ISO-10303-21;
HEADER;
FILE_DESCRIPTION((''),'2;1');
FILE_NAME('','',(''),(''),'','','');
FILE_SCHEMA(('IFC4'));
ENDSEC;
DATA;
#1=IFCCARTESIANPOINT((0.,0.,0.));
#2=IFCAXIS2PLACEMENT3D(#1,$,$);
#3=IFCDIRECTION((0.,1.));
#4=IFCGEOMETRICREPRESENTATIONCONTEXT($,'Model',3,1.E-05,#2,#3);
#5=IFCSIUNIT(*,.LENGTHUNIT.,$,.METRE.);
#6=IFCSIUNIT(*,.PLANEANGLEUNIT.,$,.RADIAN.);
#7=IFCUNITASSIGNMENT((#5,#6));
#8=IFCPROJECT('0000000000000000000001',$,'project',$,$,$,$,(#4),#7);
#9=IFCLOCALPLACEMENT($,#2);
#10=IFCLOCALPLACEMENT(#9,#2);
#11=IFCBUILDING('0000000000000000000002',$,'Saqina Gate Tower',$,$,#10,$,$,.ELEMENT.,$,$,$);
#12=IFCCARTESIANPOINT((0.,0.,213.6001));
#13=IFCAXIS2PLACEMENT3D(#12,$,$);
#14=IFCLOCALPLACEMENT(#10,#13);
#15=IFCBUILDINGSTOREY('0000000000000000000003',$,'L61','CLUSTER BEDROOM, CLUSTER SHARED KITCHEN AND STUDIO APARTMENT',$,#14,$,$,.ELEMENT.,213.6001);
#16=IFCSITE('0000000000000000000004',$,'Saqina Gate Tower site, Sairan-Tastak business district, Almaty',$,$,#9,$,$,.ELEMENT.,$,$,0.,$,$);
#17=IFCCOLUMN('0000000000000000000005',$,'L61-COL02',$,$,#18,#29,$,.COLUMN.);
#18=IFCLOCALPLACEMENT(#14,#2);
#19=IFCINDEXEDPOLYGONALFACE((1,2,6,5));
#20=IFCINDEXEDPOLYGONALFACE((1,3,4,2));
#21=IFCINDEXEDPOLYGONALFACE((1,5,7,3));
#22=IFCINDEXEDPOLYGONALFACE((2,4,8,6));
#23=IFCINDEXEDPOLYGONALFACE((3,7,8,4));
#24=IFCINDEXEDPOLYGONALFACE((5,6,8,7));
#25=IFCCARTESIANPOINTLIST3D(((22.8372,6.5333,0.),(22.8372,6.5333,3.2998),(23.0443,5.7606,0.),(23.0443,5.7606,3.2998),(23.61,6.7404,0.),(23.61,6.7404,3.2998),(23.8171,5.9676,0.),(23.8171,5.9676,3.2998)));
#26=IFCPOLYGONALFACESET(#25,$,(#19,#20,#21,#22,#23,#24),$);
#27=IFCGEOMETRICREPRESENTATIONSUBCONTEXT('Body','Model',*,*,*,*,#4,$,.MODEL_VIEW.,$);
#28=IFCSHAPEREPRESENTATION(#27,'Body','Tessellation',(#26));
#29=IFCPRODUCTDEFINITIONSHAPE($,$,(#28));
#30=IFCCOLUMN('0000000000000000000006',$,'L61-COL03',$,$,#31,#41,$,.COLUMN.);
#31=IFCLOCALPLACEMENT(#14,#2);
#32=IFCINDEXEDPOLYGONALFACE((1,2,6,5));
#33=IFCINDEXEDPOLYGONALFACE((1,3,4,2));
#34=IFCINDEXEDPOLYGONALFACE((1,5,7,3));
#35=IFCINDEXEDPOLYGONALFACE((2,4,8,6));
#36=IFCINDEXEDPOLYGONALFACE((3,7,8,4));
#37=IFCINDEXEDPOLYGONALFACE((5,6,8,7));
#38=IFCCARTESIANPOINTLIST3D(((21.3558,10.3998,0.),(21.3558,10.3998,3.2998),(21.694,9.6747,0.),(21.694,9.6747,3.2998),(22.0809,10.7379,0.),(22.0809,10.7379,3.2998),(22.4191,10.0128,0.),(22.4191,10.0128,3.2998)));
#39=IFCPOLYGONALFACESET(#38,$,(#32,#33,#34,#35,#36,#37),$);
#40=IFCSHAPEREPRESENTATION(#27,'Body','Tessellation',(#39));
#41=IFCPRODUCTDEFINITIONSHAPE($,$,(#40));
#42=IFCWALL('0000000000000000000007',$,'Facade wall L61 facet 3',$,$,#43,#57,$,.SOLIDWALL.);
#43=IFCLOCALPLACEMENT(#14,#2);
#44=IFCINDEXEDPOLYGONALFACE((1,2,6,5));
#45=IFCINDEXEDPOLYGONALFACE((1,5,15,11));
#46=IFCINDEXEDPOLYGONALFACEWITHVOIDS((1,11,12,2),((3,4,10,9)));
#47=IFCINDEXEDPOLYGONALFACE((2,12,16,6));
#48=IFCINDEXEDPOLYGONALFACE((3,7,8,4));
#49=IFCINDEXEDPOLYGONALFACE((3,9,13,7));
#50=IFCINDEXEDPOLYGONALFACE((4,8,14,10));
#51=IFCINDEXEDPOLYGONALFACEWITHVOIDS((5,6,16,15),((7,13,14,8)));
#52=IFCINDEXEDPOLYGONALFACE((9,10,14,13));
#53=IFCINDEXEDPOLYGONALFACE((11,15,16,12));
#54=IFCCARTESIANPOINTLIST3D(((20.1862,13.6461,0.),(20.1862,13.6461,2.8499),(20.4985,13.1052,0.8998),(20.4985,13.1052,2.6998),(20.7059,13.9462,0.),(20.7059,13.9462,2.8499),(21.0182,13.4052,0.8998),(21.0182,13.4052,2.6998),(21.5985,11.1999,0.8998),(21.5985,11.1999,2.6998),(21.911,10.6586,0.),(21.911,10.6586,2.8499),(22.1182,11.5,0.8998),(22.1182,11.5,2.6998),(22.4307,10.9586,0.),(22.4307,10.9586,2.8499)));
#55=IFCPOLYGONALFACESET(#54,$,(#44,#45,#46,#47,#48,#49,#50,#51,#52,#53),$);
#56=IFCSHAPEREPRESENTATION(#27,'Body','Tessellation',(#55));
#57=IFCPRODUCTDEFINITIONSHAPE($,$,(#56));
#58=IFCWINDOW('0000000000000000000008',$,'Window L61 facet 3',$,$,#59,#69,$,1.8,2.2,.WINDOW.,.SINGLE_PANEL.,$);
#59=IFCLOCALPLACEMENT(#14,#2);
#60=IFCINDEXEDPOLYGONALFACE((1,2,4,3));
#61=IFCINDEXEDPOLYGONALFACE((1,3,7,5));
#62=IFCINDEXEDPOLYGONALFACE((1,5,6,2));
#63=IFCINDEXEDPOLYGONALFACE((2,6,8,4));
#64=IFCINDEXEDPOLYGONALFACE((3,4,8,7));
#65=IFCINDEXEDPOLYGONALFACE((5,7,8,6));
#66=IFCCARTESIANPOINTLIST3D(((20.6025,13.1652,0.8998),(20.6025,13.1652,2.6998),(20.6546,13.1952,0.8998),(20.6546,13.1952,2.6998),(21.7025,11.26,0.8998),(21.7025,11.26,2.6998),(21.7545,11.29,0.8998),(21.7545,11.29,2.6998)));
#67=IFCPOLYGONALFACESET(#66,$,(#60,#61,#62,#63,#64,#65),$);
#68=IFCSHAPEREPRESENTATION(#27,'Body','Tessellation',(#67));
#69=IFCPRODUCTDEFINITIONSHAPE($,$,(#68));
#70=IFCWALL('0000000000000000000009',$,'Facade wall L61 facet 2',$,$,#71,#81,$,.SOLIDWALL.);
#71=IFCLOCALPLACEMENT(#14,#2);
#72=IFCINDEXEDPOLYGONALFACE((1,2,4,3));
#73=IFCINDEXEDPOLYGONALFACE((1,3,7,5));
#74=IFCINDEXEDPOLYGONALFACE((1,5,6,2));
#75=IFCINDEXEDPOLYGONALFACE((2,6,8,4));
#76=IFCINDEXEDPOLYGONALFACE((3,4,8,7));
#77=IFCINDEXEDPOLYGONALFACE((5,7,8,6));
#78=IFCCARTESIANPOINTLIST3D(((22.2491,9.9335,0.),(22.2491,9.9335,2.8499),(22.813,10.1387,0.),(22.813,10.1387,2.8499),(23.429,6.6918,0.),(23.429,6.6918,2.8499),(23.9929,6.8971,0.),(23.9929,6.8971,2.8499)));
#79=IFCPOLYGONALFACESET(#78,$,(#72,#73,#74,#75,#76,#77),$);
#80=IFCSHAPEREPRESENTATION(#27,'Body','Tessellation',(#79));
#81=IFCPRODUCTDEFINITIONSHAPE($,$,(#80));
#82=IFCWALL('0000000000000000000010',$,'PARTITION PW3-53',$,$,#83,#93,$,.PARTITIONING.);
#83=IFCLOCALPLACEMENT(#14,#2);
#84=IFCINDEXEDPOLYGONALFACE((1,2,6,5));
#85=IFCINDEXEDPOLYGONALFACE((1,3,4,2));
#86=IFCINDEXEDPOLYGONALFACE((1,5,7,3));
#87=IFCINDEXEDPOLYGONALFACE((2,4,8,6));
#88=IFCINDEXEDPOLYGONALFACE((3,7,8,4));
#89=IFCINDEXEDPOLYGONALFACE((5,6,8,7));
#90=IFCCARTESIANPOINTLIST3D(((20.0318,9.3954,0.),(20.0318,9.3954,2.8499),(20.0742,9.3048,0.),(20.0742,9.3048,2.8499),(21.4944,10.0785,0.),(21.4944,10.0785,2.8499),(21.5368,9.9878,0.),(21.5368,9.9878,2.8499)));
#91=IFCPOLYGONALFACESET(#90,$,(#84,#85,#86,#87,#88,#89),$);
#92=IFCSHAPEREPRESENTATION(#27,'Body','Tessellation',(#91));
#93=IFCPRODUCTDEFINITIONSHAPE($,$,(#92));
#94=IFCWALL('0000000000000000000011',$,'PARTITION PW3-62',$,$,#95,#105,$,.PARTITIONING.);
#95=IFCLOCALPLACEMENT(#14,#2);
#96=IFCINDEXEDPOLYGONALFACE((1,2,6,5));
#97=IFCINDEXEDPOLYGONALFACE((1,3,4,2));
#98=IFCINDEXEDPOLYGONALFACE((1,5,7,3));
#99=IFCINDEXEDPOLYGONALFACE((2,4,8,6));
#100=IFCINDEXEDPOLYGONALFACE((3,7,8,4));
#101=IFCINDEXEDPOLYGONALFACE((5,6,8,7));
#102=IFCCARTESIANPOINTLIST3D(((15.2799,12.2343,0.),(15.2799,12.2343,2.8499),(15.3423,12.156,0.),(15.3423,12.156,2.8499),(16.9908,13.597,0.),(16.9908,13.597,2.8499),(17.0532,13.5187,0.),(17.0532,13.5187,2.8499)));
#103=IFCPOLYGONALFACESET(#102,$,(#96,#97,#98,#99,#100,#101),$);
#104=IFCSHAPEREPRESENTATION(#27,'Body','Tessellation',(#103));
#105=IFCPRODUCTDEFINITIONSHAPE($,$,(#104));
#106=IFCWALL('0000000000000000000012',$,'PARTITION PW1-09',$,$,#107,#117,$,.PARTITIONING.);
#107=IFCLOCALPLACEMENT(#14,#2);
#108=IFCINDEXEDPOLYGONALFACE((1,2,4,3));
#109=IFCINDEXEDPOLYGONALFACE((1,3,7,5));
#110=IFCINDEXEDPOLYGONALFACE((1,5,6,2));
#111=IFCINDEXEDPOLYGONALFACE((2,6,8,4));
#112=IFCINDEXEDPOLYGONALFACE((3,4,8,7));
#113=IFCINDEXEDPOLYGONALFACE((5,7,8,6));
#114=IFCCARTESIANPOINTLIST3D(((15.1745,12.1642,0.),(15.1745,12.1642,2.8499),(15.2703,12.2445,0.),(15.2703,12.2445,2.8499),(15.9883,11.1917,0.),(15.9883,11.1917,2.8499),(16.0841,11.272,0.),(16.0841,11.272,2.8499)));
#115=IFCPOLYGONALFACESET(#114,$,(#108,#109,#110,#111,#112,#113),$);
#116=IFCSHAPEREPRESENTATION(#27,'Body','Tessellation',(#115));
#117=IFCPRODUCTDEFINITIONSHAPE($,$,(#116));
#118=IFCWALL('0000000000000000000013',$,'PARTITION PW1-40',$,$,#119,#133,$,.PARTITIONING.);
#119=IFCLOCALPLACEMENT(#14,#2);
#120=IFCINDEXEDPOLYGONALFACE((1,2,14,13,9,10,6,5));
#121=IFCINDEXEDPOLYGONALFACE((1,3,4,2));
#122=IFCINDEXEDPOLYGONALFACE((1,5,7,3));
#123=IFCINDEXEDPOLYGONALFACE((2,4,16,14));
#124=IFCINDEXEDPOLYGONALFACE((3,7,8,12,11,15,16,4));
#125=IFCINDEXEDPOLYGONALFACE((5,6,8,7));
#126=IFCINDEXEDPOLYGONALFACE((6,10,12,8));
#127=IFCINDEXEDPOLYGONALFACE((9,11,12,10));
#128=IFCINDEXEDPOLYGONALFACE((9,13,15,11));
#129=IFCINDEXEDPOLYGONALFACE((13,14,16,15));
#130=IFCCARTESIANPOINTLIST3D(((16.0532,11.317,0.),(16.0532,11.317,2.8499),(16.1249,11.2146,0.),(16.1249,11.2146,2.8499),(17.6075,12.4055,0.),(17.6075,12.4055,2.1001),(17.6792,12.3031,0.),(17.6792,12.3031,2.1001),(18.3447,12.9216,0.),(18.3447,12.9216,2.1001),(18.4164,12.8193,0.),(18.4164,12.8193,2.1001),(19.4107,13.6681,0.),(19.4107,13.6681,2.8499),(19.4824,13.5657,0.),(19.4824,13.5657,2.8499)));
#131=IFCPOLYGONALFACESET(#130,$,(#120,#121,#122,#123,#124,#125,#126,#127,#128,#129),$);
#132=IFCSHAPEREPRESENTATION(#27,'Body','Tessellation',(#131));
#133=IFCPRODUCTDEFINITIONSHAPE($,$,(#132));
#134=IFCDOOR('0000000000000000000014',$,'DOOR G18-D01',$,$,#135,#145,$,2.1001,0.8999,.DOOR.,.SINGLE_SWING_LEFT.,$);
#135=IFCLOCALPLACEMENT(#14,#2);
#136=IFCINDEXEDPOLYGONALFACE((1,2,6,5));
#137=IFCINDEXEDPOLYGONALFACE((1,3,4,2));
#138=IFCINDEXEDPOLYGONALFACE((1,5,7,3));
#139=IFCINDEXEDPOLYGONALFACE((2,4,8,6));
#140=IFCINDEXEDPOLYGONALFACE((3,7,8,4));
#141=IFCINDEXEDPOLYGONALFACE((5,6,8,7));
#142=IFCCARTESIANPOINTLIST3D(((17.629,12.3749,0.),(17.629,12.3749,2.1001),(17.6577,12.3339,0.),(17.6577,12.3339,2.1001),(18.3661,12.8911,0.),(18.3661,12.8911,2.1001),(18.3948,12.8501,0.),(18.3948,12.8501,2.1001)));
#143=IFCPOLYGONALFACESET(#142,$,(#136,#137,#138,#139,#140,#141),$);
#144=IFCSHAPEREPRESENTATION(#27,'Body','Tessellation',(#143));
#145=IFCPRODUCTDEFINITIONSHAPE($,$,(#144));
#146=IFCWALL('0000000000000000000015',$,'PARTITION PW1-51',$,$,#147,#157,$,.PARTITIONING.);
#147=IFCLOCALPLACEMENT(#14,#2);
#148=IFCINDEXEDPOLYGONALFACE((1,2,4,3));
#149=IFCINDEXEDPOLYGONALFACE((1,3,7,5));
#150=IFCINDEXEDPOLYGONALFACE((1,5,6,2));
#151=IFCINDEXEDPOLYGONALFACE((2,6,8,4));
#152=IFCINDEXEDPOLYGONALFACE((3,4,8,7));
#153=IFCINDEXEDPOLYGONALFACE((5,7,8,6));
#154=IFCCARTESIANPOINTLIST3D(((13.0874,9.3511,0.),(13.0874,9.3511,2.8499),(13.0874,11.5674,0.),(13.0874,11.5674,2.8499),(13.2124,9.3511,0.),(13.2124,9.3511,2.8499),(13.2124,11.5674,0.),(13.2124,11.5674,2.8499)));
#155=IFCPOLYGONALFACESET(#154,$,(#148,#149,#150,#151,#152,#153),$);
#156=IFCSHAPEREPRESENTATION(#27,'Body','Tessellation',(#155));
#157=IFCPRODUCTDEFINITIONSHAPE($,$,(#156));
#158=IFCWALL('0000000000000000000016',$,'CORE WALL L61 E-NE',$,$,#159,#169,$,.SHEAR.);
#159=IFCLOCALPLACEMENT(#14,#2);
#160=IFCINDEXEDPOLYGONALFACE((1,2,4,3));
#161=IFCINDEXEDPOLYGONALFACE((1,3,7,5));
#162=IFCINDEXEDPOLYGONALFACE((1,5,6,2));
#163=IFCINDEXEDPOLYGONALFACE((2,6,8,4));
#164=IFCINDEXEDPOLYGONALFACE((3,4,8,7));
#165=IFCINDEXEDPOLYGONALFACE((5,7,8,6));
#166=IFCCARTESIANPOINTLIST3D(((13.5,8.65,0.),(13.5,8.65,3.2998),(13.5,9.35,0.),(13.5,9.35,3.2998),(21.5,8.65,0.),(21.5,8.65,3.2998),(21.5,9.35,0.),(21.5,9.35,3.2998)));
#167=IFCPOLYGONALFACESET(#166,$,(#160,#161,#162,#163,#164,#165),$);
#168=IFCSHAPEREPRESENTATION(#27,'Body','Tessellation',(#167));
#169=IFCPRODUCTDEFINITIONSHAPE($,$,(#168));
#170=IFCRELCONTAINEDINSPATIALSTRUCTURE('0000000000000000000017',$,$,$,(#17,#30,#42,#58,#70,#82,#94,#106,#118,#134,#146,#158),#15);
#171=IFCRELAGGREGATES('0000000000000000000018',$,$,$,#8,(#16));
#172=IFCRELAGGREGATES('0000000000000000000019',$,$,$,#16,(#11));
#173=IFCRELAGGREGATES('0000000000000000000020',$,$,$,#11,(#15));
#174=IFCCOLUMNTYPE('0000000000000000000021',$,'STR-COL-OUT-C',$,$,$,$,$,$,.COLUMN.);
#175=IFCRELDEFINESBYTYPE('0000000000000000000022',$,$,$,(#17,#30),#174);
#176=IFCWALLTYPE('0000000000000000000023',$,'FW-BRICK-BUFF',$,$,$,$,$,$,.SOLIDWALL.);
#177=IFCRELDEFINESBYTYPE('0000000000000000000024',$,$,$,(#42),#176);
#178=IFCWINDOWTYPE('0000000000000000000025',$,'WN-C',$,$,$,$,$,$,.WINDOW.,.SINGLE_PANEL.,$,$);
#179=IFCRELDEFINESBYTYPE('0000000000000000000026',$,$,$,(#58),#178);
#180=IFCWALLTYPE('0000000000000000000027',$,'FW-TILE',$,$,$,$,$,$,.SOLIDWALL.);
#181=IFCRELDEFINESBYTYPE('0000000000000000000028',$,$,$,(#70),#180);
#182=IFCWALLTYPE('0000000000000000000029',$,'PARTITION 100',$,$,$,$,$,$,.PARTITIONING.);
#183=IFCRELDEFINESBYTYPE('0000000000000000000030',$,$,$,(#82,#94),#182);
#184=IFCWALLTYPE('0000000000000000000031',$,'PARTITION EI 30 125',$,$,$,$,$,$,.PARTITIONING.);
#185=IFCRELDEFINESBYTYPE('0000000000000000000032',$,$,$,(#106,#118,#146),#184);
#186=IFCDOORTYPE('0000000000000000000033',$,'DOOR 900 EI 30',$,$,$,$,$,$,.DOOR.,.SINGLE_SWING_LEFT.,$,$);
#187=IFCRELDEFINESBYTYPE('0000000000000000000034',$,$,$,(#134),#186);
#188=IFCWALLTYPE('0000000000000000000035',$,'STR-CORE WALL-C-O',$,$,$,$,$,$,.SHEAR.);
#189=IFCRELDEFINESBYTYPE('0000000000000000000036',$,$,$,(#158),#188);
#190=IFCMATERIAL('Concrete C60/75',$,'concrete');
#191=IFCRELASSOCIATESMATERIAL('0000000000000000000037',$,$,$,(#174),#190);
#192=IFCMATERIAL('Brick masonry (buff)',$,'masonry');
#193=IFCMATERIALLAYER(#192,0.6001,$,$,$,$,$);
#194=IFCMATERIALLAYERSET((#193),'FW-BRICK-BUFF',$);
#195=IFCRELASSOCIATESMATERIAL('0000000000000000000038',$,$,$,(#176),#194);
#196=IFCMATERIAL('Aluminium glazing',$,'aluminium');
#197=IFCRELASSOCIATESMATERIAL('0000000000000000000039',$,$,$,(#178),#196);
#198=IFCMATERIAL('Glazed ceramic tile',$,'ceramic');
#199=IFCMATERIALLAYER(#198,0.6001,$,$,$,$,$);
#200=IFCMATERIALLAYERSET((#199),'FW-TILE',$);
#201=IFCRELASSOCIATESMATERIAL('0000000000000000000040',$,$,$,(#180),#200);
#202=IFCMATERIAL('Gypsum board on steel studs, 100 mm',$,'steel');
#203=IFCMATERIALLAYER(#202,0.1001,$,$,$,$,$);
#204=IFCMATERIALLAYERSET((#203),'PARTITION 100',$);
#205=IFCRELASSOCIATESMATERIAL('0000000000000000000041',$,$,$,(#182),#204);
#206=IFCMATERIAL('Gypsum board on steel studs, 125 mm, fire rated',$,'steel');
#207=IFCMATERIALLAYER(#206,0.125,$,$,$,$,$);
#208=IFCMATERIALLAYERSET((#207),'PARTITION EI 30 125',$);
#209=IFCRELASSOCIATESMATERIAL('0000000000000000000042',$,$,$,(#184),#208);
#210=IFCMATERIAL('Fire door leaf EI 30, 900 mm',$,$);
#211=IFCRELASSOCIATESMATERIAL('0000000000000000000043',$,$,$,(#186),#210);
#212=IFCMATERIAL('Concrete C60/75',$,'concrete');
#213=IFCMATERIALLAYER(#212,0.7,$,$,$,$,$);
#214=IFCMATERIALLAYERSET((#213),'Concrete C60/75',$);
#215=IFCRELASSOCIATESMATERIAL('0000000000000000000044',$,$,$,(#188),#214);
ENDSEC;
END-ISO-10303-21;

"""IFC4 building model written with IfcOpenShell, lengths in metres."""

from ifc_helpers import new_model, si_unit, direction, frame, frame_2d, origin, origin_2d, place, context, subcontext, project, spatial, rectangle, extrude, material, layer, layer_set, material_profile, profile_set, type_object, element, fill, save


model = new_model("IFC4")

# Units and contexts
model_context = context("Model", 3, precision=1e-05, world=origin(), true_north=direction((0.0, 1.0)))
body_context = subcontext(model_context, "Body", "Model", "MODEL_VIEW")
ifc_project = project(units=[si_unit("LENGTHUNIT", "METRE"), si_unit("PLANEANGLEUNIT", "RADIAN")], contexts=[model_context])

# Site, building, storey
site_placement = place(None, origin())
site = spatial("IfcSite", under=ifc_project, at=site_placement, Name="Saqina Gate Tower site, Sairan-Tastak business district, Almaty", CompositionType="ELEMENT", RefElevation=0.0)
building_placement = place(site_placement, origin())
building = spatial("IfcBuilding", under=site, at=building_placement, Name="Saqina Gate Tower", CompositionType="ELEMENT")
storey_placement = place(building_placement, frame((0.0, 0.0, 213.6001)))
storey = spatial("IfcBuildingStorey", under=building, at=storey_placement, Name="L61", Description="CLUSTER BEDROOM, CLUSTER SHARED KITCHEN AND STUDIO APARTMENT", CompositionType="ELEMENT", Elevation=213.6001)

# Columns
ifc_material_1 = material(Name="Concrete C60/75", Category="concrete")
ifc_material_profile = material_profile(ifc_material_1, rectangle(XDim=0.8, YDim=0.8, at=origin_2d()), Name="RC 800x800")
ifc_profile_set = profile_set([ifc_material_profile], Name="Concrete C60/75")
column_type = type_object("IfcColumnType", Name="STR-COL-OUT-C", PredefinedType="COLUMN", material=ifc_profile_set)
for number, where, z_axis, x_axis, name in (
    (1, (23.3271, 6.2505, 0.0), (0.0, 0.0, 1.0), (0.965926, 0.258819, 0.0), "L61-COL02"),
    (2, (21.8875, 10.2063, 0.0), (0.0, 0.0, 1.0), (0.906308, 0.422618, 0.0), "L61-COL03"),
):
    element("IfcColumn", number, at=place(storey_placement, frame(where, z_axis=z_axis, x_axis=x_axis)), inside=storey, type_object=column_type, Name=name, PredefinedType="COLUMN", context=body_context, shape_type="SweptSolid", body=[
        extrude(rectangle(XDim=0.8, YDim=0.8, at=origin_2d()), origin(), (0.0, 0.0, 1.0), 3.2998),
    ])

# Wall, opening, window
ifc_material_2 = material(Name="Brick masonry (buff)", Category="masonry")
ifc_layer_1 = layer(ifc_material_2, 0.6001)
ifc_layer_set_1 = layer_set([ifc_layer_1], Name="FW-BRICK-BUFF")
wall_type_1 = type_object("IfcWallType", Name="FW-BRICK-BUFF", PredefinedType="SOLIDWALL", material=ifc_layer_set_1)
wall_1_placement = place(storey_placement, frame((22.1709, 10.8086, 0.0), z_axis=(0.0, 0.0, 1.0), x_axis=(-0.499998, 0.866026, 0.0)))
wall_1 = element("IfcWall", 3, at=wall_1_placement, inside=storey, type_object=wall_type_1, Name="Facade wall L61 facet 3", PredefinedType="SOLIDWALL", context=body_context, shape_type="SweptSolid", body=[
    extrude(rectangle(XDim=3.4497, YDim=0.6001, at=frame_2d((1.7249, 0.0))), origin(), (0.0, 0.0, 1.0), 2.8499),
])
opening_1_placement = place(wall_1_placement, frame((0.625, 0.0, 0.8999)))
opening_1 = element("IfcOpeningElement", 4, at=opening_1_placement, cuts=wall_1, PredefinedType="OPENING", context=body_context, shape_type="SweptSolid", body=[
    extrude(rectangle(XDim=2.2, YDim=1.8, at=frame_2d((1.1001, 0.8999))), frame((0.0, 0.312, 0.0), z_axis=(0.0, -1.0, 0.0), x_axis=(1.0, 0.0, 0.0)), (0.0, 0.0, 1.0), 0.624),
])
ifc_material_3 = material(Name="Aluminium glazing", Category="aluminium")
window_type = type_object("IfcWindowType", Name="WN-C", PartitioningType="SINGLE_PANEL", PredefinedType="WINDOW", material=ifc_material_3)
window_placement = place(opening_1_placement, origin())
window = element("IfcWindow", 5, at=window_placement, inside=storey, type_object=window_type, Name="Window L61 facet 3", OverallHeight=1.8, OverallWidth=2.2, PartitioningType="SINGLE_PANEL", PredefinedType="WINDOW", context=body_context, shape_type="SweptSolid", body=[
    extrude(rectangle(XDim=2.2, YDim=1.8, at=frame_2d((1.1001, 0.8999))), frame((0.0, 0.1799, 0.0), z_axis=(0.0, -1.0, 0.0), x_axis=(1.0, 0.0, 0.0)), (0.0, 0.0, 1.0), 0.0601),
])
fill(opening_1, window)

# Walls
ifc_material_4 = material(Name="Glazed ceramic tile", Category="ceramic")
ifc_layer_2 = layer(ifc_material_4, 0.6001)
ifc_layer_set_2 = layer_set([ifc_layer_2], Name="FW-TILE")
wall_type_2 = type_object("IfcWallType", Name="FW-TILE", PredefinedType="SOLIDWALL", material=ifc_layer_set_2)
wall_2_placement = place(storey_placement, frame((23.7109, 6.7944, 0.0), z_axis=(0.0, 0.0, 1.0), x_axis=(-0.342033, 0.939688, 0.0)))
element("IfcWall", 6, at=wall_2_placement, inside=storey, type_object=wall_type_2, Name="Facade wall L61 facet 2", PredefinedType="SOLIDWALL", context=body_context, shape_type="SweptSolid", body=[
    extrude(rectangle(XDim=3.4497, YDim=0.6001, at=frame_2d((1.7249, 0.0))), origin(), (0.0, 0.0, 1.0), 2.8499),
])
ifc_material_5 = material(Name="Gypsum board on steel studs, 100 mm", Category="steel")
ifc_layer_3 = layer(ifc_material_5, 0.1001)
ifc_layer_set_3 = layer_set([ifc_layer_3], Name="PARTITION 100")
wall_type_3 = type_object("IfcWallType", Name="PARTITION 100", PredefinedType="PARTITIONING", material=ifc_layer_set_3)
wall_3_placement = place(storey_placement, frame((20.053, 9.3501, 0.0), z_axis=(0.0, 0.0, 1.0), x_axis=(0.906056, 0.423159, 0.0)))
element("IfcWall", 7, at=wall_3_placement, inside=storey, type_object=wall_type_3, Name="PARTITION PW3-53", PredefinedType="PARTITIONING", context=body_context, shape_type="SweptSolid", body=[
    extrude(rectangle(XDim=1.6143, YDim=0.1001, at=frame_2d((0.8071, 0.0))), origin(), (0.0, 0.0, 1.0), 2.8499),
])
wall_4_placement = place(storey_placement, frame((15.311, 12.1951, 0.0), z_axis=(0.0, 0.0, 1.0), x_axis=(0.782196, 0.623033, 0.0)))
element("IfcWall", 8, at=wall_4_placement, inside=storey, type_object=wall_type_3, Name="PARTITION PW3-62", PredefinedType="PARTITIONING", context=body_context, shape_type="SweptSolid", body=[
    extrude(rectangle(XDim=2.1873, YDim=0.1001, at=frame_2d((1.0938, 0.0))), origin(), (0.0, 0.0, 1.0), 2.8499),
])
ifc_material_6 = material(Name="Gypsum board on steel studs, 125 mm, fire rated", Category="steel")
ifc_layer_4 = layer(ifc_material_6, 0.125)
ifc_layer_set_4 = layer_set([ifc_layer_4], Name="PARTITION EI 30 125")
wall_type_4 = type_object("IfcWallType", Name="PARTITION EI 30 125", PredefinedType="PARTITIONING", material=ifc_layer_set_4)
wall_5_placement = place(storey_placement, frame((15.2224, 12.2043, 0.0), z_axis=(0.0, 0.0, 1.0), x_axis=(0.641755, -0.76691, 0.0)))
element("IfcWall", 9, at=wall_5_placement, inside=storey, type_object=wall_type_4, Name="PARTITION PW1-09", PredefinedType="PARTITIONING", context=body_context, shape_type="SweptSolid", body=[
    extrude(rectangle(XDim=1.2681, YDim=0.125, at=frame_2d((0.634, 0.0))), origin(), (0.0, 0.0, 1.0), 2.8499),
])

# Wall, opening, door
wall_6_placement = place(storey_placement, frame((16.0891, 11.2659, 0.0), z_axis=(0.0, 0.0, 1.0), x_axis=(0.819131, 0.573606, 0.0)))
wall_6 = element("IfcWall", 10, at=wall_6_placement, inside=storey, type_object=wall_type_4, Name="PARTITION PW1-40", PredefinedType="PARTITIONING", context=body_context, shape_type="SweptSolid", body=[
    extrude(rectangle(XDim=4.0989, YDim=0.125, at=frame_2d((2.0493, 0.0))), origin(), (0.0, 0.0, 1.0), 2.8499),
])
opening_2_placement = place(wall_6_placement, frame((1.8975, 0.0, 0.0)))
opening_2 = element("IfcOpeningElement", 11, at=opening_2_placement, cuts=wall_6, PredefinedType="OPENING", context=body_context, shape_type="SweptSolid", body=[
    extrude(rectangle(XDim=0.8999, YDim=2.1001, at=frame_2d((0.45, 1.05))), frame((0.0, 0.0745, 0.0), z_axis=(0.0, -1.0, 0.0), x_axis=(1.0, 0.0, 0.0)), (0.0, 0.0, 1.0), 0.1489),
])
ifc_material_7 = material(Name="Fire door leaf EI 30, 900 mm")
door_type = type_object("IfcDoorType", Name="DOOR 900 EI 30", OperationType="SINGLE_SWING_LEFT", PredefinedType="DOOR", material=ifc_material_7)
door_placement = place(opening_2_placement, frame((0.8999, 0.0, 0.0), z_axis=(0.0, 0.0, 1.0), x_axis=(-1.0, 0.0, 0.0)))
door = element("IfcDoor", 12, at=door_placement, inside=storey, type_object=door_type, Name="DOOR G18-D01", OperationType="SINGLE_SWING_LEFT", OverallHeight=2.1001, OverallWidth=0.8999, PredefinedType="DOOR", context=body_context, shape_type="SweptSolid", body=[
    extrude(rectangle(XDim=0.8999, YDim=2.1001, at=frame_2d((0.45, 1.05))), frame((0.0, 0.0249, 0.0), z_axis=(0.0, -1.0, 0.0), x_axis=(1.0, 0.0, 0.0)), (0.0, 0.0, 1.0), 0.05),
])
fill(opening_2, door)

# Walls
wall_7_placement = place(storey_placement, frame((13.1499, 9.3511, 0.0), z_axis=(0.0, 0.0, 1.0), x_axis=(0.0, 1.0, 0.0)))
element("IfcWall", 13, at=wall_7_placement, inside=storey, type_object=wall_type_4, Name="PARTITION PW1-51", PredefinedType="PARTITIONING", context=body_context, shape_type="SweptSolid", body=[
    extrude(rectangle(XDim=2.2163, YDim=0.125, at=frame_2d((1.1082, 0.0))), origin(), (0.0, 0.0, 1.0), 2.8499),
])
ifc_material_8 = material(Name="Concrete C60/75", Category="concrete")
ifc_layer_5 = layer(ifc_material_8, 0.7)
ifc_layer_set_5 = layer_set([ifc_layer_5], Name="Concrete C60/75")
wall_type_5 = type_object("IfcWallType", Name="STR-CORE WALL-C-O", PredefinedType="SHEAR", material=ifc_layer_set_5)
wall_8_placement = place(storey_placement, frame((13.5, 9.0, 0.0), z_axis=(0.0, 0.0, 1.0), x_axis=(1.0, 0.0, 0.0)))
element("IfcWall", 14, at=wall_8_placement, inside=storey, type_object=wall_type_5, Name="CORE WALL L61 E-NE", PredefinedType="SHEAR", context=body_context, shape_type="SweptSolid", body=[
    extrude(rectangle(XDim=8.0, YDim=0.7, at=frame_2d((4.0, 0.0))), origin(), (0.0, 0.0, 1.0), 3.2998),
])

save(model, "model.ifc")
